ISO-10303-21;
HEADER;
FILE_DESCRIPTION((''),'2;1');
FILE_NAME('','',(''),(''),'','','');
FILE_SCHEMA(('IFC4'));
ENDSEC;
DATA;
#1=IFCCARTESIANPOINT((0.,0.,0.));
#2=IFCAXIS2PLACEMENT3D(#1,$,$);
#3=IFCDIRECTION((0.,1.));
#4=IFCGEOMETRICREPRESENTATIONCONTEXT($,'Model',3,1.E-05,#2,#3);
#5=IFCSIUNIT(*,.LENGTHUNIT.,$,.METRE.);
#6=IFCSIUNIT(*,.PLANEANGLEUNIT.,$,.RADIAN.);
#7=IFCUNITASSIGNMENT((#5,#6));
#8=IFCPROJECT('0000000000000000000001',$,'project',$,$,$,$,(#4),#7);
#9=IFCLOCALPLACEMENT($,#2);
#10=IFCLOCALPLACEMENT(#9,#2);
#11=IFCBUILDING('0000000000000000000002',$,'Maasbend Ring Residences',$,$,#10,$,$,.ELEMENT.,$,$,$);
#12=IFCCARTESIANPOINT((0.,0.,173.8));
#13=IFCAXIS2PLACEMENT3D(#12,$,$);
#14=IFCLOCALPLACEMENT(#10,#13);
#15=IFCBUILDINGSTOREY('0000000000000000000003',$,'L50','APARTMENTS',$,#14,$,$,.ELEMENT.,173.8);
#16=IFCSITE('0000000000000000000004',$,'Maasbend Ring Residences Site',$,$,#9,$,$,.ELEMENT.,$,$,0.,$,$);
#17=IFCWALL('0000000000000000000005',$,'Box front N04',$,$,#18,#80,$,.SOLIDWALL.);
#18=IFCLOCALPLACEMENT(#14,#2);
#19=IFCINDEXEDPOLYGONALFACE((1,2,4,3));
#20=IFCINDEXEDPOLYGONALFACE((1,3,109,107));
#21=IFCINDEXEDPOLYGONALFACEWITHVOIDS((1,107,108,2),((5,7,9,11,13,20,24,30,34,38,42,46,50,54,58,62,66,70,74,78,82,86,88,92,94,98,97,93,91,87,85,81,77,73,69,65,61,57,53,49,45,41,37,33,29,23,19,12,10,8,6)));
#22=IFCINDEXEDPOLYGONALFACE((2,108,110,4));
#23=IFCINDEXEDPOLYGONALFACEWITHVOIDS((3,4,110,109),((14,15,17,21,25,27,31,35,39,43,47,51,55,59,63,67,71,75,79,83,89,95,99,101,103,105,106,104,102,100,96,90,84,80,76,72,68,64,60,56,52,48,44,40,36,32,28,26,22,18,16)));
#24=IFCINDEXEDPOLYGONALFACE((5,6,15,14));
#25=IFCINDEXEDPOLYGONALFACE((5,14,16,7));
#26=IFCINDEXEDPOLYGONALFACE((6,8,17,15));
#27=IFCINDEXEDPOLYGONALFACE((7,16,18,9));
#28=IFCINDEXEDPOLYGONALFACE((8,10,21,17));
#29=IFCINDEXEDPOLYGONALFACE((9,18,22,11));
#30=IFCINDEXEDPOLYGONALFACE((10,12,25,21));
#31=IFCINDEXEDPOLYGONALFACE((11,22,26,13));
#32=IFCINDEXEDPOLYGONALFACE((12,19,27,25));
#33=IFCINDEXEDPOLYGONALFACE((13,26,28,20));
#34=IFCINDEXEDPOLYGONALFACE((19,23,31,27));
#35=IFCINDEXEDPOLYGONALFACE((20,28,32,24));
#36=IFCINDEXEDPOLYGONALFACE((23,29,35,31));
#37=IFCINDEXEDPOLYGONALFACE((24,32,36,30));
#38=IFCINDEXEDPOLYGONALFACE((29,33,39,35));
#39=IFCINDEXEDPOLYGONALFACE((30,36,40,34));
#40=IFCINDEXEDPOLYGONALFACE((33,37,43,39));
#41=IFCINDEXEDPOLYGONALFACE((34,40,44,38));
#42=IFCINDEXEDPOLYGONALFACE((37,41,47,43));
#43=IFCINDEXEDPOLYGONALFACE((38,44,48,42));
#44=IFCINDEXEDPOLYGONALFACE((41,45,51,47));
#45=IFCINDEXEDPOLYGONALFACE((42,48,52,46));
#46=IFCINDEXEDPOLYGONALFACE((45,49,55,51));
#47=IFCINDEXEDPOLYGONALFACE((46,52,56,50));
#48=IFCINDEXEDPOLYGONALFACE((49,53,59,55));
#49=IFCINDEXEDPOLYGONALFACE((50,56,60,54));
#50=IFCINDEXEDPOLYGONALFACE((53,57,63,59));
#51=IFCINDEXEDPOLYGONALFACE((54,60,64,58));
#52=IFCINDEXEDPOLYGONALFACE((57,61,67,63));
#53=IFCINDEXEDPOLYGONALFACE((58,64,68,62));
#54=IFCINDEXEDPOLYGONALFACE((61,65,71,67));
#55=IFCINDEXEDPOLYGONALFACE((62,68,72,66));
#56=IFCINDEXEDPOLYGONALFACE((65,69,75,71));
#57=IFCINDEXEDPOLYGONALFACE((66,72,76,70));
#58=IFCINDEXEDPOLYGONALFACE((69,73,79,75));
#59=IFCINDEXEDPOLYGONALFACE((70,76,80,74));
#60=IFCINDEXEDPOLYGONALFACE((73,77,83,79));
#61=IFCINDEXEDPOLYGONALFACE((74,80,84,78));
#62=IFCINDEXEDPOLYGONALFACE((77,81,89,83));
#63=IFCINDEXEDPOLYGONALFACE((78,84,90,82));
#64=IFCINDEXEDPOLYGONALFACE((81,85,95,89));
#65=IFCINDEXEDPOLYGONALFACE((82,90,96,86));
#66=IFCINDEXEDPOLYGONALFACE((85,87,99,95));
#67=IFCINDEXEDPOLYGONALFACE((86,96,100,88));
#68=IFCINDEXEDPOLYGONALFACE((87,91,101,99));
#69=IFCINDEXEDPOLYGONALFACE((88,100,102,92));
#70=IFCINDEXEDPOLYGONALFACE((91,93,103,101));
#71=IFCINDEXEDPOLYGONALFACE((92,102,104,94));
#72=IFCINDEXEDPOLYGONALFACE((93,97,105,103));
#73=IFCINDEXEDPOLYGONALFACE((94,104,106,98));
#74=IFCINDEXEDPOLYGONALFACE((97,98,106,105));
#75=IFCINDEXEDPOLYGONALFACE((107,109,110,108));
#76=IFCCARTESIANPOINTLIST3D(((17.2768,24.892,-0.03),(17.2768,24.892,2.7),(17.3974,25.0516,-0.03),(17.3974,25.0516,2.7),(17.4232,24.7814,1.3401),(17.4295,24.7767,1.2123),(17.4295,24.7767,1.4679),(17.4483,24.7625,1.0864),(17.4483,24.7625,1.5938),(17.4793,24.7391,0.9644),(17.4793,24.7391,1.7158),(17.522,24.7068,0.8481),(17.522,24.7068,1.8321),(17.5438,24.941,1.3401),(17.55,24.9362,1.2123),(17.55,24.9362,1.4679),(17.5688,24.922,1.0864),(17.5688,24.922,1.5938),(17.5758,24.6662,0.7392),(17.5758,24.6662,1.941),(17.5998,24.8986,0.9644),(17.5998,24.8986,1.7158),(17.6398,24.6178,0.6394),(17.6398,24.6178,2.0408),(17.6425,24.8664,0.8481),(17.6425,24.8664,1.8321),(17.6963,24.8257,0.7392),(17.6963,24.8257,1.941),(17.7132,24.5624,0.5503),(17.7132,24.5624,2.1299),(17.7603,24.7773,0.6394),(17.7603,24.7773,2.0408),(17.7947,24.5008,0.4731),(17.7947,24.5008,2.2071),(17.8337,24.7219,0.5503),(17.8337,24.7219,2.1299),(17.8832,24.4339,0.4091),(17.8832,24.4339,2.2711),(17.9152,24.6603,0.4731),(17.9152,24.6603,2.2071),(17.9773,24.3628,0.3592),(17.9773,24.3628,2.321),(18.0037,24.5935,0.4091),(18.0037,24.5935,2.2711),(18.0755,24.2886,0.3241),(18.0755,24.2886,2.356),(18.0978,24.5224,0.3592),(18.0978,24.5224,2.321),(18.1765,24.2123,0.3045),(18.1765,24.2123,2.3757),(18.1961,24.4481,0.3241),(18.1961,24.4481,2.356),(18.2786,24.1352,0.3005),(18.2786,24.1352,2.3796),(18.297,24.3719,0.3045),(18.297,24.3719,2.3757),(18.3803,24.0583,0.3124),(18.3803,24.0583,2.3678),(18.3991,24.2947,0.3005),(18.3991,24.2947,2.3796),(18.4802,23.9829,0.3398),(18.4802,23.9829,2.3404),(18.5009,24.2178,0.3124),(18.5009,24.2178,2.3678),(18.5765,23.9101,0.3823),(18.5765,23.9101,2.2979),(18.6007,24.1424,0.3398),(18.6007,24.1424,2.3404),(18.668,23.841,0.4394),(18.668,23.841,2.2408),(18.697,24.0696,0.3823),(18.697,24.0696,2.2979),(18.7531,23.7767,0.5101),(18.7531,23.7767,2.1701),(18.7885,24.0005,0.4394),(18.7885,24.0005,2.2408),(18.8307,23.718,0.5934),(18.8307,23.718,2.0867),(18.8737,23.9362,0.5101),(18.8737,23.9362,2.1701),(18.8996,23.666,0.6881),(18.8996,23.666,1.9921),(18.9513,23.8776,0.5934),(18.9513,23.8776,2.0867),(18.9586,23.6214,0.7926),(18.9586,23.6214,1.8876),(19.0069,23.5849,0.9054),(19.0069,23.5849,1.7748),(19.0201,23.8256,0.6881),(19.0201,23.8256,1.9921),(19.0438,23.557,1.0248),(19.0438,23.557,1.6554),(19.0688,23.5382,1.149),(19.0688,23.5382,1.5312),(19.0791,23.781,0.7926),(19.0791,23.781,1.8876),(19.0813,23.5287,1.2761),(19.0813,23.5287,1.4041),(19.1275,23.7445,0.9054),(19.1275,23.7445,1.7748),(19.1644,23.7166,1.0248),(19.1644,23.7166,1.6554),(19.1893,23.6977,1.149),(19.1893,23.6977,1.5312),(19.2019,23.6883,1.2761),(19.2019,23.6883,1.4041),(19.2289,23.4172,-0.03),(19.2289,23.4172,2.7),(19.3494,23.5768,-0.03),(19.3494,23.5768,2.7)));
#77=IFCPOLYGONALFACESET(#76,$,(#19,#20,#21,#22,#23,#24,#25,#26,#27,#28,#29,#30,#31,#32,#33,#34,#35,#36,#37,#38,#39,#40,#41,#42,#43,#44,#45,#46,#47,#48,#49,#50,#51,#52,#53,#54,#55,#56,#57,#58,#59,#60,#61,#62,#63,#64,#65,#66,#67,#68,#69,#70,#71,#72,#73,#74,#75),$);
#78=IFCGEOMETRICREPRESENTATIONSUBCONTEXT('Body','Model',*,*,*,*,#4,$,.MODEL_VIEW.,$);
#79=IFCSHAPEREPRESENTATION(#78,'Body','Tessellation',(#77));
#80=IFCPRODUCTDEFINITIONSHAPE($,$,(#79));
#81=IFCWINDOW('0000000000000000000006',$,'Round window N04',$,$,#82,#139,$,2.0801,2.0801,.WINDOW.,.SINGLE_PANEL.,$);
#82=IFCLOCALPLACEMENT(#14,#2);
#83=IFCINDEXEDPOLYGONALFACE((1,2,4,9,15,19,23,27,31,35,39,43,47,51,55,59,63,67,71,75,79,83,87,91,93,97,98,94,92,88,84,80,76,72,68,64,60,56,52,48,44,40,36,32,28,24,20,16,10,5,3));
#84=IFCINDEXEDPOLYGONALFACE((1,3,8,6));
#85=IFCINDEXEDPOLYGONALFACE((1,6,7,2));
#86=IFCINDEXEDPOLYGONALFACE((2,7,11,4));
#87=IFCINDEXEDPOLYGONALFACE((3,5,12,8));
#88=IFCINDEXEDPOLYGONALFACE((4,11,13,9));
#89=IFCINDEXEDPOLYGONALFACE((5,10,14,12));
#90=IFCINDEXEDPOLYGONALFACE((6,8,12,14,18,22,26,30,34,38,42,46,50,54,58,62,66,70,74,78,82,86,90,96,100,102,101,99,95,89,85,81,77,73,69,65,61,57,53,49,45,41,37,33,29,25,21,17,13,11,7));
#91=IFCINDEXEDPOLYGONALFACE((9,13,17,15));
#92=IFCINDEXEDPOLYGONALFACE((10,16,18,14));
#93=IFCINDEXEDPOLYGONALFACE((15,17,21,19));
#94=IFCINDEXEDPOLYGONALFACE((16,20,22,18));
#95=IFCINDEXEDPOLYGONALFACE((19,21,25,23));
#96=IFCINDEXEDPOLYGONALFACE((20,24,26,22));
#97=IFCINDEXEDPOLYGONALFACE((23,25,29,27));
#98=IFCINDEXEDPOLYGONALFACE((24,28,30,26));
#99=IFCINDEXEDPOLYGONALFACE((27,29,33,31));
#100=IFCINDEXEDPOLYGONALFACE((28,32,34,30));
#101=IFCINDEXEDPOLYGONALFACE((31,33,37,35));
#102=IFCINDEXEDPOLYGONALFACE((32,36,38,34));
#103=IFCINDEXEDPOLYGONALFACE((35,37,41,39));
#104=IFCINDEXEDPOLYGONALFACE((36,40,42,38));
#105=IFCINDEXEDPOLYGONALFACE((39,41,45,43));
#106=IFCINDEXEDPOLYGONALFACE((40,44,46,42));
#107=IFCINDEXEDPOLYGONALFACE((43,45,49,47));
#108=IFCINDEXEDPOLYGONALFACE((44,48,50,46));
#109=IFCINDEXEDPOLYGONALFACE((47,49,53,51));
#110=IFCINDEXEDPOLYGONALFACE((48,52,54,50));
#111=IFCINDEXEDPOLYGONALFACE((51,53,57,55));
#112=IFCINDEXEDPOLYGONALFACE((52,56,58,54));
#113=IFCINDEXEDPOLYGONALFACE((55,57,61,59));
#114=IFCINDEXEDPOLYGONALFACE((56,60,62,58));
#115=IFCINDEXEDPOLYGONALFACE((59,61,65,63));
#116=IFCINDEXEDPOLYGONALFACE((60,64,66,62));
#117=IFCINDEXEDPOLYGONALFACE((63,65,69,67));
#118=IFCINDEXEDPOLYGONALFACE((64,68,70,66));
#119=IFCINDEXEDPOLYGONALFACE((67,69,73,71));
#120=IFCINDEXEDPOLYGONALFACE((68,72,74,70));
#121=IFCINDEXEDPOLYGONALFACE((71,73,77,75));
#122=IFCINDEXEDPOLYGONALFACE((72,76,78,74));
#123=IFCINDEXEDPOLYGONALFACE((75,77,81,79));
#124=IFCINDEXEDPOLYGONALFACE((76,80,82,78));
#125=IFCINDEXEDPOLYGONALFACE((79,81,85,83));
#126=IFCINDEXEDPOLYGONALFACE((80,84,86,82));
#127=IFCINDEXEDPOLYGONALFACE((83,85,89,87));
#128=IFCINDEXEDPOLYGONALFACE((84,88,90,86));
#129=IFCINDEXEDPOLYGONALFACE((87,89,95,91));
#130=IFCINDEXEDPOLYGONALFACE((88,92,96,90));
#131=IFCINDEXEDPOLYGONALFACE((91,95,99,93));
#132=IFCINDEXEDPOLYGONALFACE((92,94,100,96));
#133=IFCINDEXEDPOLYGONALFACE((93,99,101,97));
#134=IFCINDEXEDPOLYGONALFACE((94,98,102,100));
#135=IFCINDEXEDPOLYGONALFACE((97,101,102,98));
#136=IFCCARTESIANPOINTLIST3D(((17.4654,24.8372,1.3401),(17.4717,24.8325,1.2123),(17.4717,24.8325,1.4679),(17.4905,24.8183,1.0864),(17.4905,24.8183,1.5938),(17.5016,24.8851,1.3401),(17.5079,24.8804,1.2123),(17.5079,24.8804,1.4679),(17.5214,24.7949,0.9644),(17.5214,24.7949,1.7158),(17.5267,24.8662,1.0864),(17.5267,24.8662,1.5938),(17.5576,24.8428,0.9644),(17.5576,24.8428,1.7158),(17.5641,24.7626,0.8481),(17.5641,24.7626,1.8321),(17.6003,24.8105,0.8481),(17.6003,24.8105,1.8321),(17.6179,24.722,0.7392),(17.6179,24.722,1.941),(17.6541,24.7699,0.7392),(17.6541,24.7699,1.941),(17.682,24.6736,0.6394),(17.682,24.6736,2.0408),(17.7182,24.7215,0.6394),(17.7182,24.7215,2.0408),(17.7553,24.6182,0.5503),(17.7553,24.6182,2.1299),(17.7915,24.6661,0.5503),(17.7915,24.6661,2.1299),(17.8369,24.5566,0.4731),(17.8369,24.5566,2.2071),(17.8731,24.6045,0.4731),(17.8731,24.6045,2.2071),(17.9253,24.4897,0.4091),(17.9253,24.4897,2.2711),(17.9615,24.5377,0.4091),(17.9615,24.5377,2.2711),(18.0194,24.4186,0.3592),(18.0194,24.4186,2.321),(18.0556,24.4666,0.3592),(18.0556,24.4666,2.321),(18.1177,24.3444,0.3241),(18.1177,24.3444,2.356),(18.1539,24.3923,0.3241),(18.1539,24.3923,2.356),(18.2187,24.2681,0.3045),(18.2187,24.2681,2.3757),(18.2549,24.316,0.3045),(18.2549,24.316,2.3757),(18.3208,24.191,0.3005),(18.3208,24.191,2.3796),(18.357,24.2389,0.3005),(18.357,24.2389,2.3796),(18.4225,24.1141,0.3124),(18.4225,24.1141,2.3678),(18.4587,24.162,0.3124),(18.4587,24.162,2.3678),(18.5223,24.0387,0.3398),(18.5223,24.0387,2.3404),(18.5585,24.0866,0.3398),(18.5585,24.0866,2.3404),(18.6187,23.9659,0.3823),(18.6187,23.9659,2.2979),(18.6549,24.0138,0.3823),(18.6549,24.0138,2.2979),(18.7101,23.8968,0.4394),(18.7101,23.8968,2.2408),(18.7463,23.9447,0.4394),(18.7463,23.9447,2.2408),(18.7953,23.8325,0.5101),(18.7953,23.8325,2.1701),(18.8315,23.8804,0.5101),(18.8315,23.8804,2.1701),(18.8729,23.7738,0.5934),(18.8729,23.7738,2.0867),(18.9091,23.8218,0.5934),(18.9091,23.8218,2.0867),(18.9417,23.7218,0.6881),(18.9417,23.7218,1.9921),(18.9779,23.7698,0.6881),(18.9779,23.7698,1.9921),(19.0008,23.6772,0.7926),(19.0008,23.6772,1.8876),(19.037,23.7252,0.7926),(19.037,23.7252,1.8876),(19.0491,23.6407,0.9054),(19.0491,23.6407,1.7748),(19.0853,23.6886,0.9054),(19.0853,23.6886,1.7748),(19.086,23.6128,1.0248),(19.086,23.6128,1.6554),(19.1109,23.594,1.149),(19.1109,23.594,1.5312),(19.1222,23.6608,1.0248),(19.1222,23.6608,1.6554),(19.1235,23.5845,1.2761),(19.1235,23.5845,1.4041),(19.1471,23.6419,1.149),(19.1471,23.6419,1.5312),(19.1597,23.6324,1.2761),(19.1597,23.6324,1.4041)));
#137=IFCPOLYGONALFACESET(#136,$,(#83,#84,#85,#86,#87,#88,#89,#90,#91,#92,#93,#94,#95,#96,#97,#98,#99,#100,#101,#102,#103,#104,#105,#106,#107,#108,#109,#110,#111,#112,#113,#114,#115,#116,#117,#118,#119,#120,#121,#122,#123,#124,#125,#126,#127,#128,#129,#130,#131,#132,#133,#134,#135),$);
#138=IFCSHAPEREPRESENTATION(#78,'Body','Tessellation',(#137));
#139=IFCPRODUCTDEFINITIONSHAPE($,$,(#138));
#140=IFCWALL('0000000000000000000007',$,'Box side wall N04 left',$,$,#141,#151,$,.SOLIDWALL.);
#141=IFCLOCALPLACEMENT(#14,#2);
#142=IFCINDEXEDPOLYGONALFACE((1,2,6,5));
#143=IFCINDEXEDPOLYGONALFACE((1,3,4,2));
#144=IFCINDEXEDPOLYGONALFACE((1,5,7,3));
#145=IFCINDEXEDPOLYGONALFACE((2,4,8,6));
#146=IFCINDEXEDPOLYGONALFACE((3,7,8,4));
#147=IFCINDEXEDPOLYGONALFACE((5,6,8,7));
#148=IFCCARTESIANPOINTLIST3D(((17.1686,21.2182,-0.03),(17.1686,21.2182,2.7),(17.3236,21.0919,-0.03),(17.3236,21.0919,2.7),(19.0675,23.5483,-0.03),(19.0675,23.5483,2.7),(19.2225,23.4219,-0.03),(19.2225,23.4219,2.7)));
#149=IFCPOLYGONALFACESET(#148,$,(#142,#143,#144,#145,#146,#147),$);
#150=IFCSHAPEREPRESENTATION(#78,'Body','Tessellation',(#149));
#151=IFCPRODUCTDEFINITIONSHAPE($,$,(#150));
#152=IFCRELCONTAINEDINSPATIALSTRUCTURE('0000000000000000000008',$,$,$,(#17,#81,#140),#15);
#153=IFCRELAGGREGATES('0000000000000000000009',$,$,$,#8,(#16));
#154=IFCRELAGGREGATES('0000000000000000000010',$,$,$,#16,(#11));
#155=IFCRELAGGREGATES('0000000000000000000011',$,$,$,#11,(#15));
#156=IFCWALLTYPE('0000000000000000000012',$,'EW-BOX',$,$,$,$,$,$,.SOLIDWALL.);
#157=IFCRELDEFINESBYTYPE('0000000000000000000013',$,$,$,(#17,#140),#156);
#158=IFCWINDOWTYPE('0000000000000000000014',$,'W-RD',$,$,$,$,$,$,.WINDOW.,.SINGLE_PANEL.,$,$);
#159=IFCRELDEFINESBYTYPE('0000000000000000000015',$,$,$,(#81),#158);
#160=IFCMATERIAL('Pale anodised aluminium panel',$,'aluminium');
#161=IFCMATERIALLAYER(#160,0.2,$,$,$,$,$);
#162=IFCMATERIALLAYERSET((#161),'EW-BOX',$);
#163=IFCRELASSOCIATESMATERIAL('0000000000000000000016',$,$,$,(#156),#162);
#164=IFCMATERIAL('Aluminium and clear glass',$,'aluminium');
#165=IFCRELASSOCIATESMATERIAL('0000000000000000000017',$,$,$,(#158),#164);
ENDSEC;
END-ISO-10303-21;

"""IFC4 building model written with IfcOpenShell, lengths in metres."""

from ifc_helpers import new_model, si_unit, direction, frame, frame_2d, origin, place, context, subcontext, project, spatial, rectangle, circle, extrude, material, layer, layer_set, type_object, element, fill, save


model = new_model("IFC4")

# Units and contexts
model_context = context("Model", 3, precision=1e-05, world=origin(), true_north=direction((0.0, 1.0)))
body_context = subcontext(model_context, "Body", "Model", "MODEL_VIEW")
ifc_project = project(units=[si_unit("LENGTHUNIT", "METRE"), si_unit("PLANEANGLEUNIT", "RADIAN")], contexts=[model_context])

# Site, building, storey
site_placement = place(None, origin())
site = spatial("IfcSite", under=ifc_project, at=site_placement, Name="Maasbend Ring Residences Site", CompositionType="ELEMENT", RefElevation=0.0)
building_placement = place(site_placement, origin())
building = spatial("IfcBuilding", under=site, at=building_placement, Name="Maasbend Ring Residences", CompositionType="ELEMENT")
storey_placement = place(building_placement, frame((0.0, 0.0, 173.8)))
storey = spatial("IfcBuildingStorey", under=building, at=storey_placement, Name="L50", Description="APARTMENTS", CompositionType="ELEMENT", Elevation=173.8)

# Shared definitions
ifc_material_1 = material(Name="Pale anodised aluminium panel", Category="aluminium")
ifc_layer_1 = layer(ifc_material_1, 0.2)
ifc_layer_set_1 = layer_set([ifc_layer_1], Name="EW-BOX")
wall_type_1 = type_object("IfcWallType", Name="EW-BOX", PredefinedType="SOLIDWALL", material=ifc_layer_set_1)
ifc_material_2 = material(Name="Aluminium and clear glass", Category="aluminium")
window_type_1 = type_object("IfcWindowType", Name="W-RD", PartitioningType="SINGLE_PANEL", PredefinedType="WINDOW", material=ifc_material_2)

# Wall, opening, window
wall_1_placement = place(storey_placement, frame((19.2891, 23.4971, -0.03), z_axis=(0.0, 0.0, 1.0), x_axis=(-0.797888, 0.602806, 0.0)))
wall_1 = element("IfcWall", 1, at=wall_1_placement, inside=storey, type_object=wall_type_1, Name="Box front N04", PredefinedType="SOLIDWALL", context=body_context, shape_type="SweptSolid", body=[
    extrude(rectangle(XDim=2.4465, YDim=0.2, at=frame_2d((1.2231, 0.0))), origin(), (0.0, 0.0, 1.0), 2.73),
])
opening_1_placement = place(wall_1_placement, frame((0.1829, 0.0, 0.3301)))
opening_1 = element("IfcOpeningElement", 2, at=opening_1_placement, cuts=wall_1, PredefinedType="OPENING", context=body_context, shape_type="SweptSolid", body=[
    extrude(circle(Radius=1.04, at=frame_2d((1.04, 1.04))), frame((0.0, 0.1099, 0.0), z_axis=(0.0, -1.0, 0.0), x_axis=(1.0, 0.0, 0.0)), (0.0, 0.0, 1.0), 0.22),
])
window_1_placement = place(opening_1_placement, origin())
window_1 = element("IfcWindow", 3, at=window_1_placement, inside=storey, type_object=window_type_1, Name="Round window N04", OverallHeight=2.0801, OverallWidth=2.0801, PartitioningType="SINGLE_PANEL", PredefinedType="WINDOW", context=body_context, shape_type="SweptSolid", body=[
    extrude(circle(Radius=1.04, at=frame_2d((1.04, 1.04))), frame((0.0, 0.03, 0.0), z_axis=(0.0, -1.0, 0.0), x_axis=(1.0, 0.0, 0.0)), (0.0, 0.0, 1.0), 0.0601),
])
fill(opening_1, window_1)

# Wall
wall_2_placement = place(storey_placement, frame((17.2461, 21.155, -0.03), z_axis=(0.0, 0.0, 1.0), x_axis=(0.631742, 0.775179, 0.0)))
element("IfcWall", 4, at=wall_2_placement, inside=storey, type_object=wall_type_1, Name="Box side wall N04 left", PredefinedType="SOLIDWALL", context=body_context, shape_type="SweptSolid", body=[
    extrude(rectangle(XDim=3.0059, YDim=0.2, at=frame_2d((1.5029, 0.0))), origin(), (0.0, 0.0, 1.0), 2.73),
])

save(model, "model.ifc")
